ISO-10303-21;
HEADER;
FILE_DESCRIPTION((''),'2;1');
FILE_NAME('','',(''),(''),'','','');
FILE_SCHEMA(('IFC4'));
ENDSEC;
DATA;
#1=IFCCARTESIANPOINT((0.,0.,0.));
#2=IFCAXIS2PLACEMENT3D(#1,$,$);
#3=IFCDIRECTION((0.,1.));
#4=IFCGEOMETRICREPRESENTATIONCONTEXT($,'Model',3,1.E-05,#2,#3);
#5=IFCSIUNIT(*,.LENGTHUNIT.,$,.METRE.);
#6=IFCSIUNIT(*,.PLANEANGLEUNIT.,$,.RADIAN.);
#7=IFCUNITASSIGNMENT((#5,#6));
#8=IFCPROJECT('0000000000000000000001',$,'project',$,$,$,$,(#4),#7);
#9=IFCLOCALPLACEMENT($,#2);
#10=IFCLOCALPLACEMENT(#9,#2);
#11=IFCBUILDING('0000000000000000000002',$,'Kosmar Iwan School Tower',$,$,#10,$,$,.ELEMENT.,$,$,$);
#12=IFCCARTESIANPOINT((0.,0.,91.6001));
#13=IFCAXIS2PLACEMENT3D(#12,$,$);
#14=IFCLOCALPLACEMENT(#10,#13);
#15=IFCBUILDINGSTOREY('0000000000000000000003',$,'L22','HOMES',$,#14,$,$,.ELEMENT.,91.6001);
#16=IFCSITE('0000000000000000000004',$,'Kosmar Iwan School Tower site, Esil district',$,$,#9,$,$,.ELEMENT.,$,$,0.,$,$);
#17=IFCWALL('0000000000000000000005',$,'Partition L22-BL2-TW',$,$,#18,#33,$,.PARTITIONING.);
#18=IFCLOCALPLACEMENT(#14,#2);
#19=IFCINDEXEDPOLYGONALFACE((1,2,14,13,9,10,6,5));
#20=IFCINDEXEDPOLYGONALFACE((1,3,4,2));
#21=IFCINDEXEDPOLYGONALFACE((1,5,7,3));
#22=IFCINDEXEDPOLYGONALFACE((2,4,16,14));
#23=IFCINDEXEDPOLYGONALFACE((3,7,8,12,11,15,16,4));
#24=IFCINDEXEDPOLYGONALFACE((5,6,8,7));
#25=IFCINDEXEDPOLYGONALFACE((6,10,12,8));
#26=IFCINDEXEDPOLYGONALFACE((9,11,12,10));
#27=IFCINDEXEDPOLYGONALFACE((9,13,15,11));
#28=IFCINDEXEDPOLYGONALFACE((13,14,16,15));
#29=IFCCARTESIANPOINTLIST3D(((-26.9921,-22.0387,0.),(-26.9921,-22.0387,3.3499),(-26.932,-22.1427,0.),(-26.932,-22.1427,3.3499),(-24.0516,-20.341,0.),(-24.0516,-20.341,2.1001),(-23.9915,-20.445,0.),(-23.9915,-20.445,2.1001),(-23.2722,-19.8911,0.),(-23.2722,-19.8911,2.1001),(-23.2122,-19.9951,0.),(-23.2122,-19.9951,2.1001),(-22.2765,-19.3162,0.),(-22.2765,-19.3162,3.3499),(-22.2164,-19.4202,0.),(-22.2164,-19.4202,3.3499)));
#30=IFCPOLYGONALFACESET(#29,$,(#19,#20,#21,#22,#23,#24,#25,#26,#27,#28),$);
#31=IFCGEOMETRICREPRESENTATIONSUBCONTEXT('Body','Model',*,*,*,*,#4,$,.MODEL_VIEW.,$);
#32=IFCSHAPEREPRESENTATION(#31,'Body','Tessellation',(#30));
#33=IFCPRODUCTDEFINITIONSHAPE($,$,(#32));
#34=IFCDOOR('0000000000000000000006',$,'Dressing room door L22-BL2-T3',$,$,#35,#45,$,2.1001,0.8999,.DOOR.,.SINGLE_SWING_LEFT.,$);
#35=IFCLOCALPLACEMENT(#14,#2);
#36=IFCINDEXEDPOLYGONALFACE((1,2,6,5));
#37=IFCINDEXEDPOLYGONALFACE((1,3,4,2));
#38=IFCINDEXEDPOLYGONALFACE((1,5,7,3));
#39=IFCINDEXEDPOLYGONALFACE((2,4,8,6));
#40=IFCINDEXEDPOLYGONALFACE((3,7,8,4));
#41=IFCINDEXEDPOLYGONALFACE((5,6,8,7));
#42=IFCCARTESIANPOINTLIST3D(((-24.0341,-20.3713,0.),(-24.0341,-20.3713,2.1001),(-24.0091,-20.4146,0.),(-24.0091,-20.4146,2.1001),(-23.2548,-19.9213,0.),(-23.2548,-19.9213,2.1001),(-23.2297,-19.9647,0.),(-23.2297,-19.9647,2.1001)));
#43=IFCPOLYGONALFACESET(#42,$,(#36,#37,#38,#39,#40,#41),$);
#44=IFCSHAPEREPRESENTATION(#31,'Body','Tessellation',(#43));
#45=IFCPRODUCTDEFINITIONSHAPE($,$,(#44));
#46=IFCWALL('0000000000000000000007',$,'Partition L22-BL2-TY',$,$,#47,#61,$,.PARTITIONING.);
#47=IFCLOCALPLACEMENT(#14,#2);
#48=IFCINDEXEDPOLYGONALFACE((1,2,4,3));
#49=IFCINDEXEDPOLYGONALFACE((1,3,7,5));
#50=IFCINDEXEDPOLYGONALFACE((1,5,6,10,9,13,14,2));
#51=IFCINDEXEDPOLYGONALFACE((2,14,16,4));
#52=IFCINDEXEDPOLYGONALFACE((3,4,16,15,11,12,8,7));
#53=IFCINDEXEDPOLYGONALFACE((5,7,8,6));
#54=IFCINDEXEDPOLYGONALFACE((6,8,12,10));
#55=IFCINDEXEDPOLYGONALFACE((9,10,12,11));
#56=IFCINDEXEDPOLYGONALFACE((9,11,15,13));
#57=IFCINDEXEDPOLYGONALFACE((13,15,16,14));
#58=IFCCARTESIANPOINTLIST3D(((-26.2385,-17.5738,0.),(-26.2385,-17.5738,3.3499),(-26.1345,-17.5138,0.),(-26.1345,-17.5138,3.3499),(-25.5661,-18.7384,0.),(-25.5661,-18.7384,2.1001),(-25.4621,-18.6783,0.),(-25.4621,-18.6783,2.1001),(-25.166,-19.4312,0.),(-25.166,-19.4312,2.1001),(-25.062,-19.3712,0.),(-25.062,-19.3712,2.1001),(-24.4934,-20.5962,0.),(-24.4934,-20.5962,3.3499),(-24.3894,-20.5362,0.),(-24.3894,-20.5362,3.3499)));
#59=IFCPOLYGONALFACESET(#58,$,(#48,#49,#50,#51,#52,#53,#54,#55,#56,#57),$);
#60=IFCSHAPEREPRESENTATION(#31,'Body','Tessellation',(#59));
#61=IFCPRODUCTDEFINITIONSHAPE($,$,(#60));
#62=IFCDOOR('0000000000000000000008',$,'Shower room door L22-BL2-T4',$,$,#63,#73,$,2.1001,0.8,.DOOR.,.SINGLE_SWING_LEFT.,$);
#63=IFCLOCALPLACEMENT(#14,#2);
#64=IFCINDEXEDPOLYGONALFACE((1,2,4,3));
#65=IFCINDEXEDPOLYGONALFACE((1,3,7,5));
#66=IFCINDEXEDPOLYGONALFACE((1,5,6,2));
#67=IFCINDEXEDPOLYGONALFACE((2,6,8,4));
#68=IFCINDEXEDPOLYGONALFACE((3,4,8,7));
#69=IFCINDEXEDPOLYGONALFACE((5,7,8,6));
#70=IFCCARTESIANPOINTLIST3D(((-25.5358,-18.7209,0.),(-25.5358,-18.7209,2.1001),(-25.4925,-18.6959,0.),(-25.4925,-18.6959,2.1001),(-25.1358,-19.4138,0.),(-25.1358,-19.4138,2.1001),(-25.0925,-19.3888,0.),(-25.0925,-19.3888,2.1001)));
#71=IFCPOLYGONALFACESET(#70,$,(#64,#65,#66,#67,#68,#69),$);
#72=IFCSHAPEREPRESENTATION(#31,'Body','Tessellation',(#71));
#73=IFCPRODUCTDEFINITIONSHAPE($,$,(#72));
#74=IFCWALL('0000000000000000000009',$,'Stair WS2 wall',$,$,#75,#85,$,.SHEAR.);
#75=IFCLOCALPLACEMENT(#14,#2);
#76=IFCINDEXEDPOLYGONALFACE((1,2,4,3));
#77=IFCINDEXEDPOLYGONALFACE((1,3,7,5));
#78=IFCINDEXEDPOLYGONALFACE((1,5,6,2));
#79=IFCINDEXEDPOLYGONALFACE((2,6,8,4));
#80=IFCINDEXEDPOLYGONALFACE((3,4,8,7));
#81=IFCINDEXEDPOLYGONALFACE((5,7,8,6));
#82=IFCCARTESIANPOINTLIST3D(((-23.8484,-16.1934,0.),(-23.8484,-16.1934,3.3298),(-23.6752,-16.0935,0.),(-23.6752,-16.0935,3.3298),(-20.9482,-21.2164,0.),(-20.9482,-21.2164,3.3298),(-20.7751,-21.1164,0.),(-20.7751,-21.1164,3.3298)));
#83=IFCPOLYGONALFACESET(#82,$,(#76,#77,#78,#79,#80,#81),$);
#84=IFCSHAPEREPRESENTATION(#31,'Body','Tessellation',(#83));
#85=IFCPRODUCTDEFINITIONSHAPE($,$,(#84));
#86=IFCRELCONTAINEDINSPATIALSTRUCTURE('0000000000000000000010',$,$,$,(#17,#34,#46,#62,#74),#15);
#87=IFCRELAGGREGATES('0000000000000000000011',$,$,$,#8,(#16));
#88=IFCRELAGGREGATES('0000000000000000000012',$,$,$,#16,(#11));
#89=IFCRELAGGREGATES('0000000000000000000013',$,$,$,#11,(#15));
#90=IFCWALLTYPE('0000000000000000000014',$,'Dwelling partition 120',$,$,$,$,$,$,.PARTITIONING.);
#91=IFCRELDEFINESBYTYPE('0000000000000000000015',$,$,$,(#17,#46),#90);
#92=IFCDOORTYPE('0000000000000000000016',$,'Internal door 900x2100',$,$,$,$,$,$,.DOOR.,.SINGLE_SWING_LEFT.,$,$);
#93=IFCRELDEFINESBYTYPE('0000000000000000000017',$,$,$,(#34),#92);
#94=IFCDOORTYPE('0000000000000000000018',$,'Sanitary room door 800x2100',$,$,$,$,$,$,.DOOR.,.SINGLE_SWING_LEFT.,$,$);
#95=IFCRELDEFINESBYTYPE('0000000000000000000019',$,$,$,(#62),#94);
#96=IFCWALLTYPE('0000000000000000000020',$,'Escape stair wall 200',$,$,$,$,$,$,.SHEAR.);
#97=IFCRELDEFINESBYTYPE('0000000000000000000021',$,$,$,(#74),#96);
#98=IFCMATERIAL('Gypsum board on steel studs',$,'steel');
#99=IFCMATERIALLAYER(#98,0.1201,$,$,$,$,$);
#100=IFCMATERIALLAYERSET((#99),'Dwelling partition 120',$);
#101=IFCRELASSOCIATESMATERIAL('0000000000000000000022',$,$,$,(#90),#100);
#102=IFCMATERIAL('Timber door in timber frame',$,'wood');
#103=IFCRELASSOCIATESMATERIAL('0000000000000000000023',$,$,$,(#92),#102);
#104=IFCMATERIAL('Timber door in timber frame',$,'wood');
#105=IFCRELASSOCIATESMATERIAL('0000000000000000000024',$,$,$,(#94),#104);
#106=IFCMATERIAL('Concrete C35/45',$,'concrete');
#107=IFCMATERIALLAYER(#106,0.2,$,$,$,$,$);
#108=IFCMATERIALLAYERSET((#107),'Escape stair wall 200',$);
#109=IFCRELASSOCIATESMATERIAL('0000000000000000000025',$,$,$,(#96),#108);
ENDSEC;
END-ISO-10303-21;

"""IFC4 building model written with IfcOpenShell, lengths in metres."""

from ifc_helpers import new_model, si_unit, direction, frame, frame_2d, origin, place, context, subcontext, project, spatial, rectangle, extrude, material, layer, layer_set, type_object, element, fill, save


model = new_model("IFC4")

# Units and contexts
model_context = context("Model", 3, precision=1e-05, world=origin(), true_north=direction((0.0, 1.0)))
body_context = subcontext(model_context, "Body", "Model", "MODEL_VIEW")
ifc_project = project(units=[si_unit("LENGTHUNIT", "METRE"), si_unit("PLANEANGLEUNIT", "RADIAN")], contexts=[model_context])

# Site, building, storey
site_placement = place(None, origin())
site = spatial("IfcSite", under=ifc_project, at=site_placement, Name="Kosmar Iwan School Tower site, Esil district", CompositionType="ELEMENT", RefElevation=0.0)
building_placement = place(site_placement, origin())
building = spatial("IfcBuilding", under=site, at=building_placement, Name="Kosmar Iwan School Tower", CompositionType="ELEMENT")
storey_placement = place(building_placement, frame((0.0, 0.0, 91.6001)))
storey = spatial("IfcBuildingStorey", under=building, at=storey_placement, Name="L22", Description="HOMES", CompositionType="ELEMENT", Elevation=91.6001)

# Walls, openings, doors
ifc_material_1 = material(Name="Gypsum board on steel studs", Category="steel")
ifc_layer_1 = layer(ifc_material_1, 0.1201)
ifc_layer_set_1 = layer_set([ifc_layer_1], Name="Dwelling partition 120")
wall_type_1 = type_object("IfcWallType", Name="Dwelling partition 120", PredefinedType="PARTITIONING", material=ifc_layer_set_1)
ifc_material_2 = material(Name="Timber door in timber frame", Category="wood")
door_type_1 = type_object("IfcDoorType", Name="Internal door 900x2100", OperationType="SINGLE_SWING_LEFT", PredefinedType="DOOR", material=ifc_material_2)
wall_1_placement = place(storey_placement, frame((-22.2463, -19.3682, 0.0), z_axis=(0.0, 0.0, 1.0), x_axis=(-0.866036, -0.499982, 0.0)))
wall_1 = element("IfcWall", 1, at=wall_1_placement, inside=storey, type_object=wall_type_1, Name="Partition L22-BL2-TW", PredefinedType="PARTITIONING", context=body_context, shape_type="SweptSolid", body=[
    extrude(rectangle(XDim=5.4451, YDim=0.1201, at=frame_2d((2.7227, 0.0))), origin(), (0.0, 0.0, 1.0), 3.3499),
])
opening_1_placement = place(wall_1_placement, frame((1.1499, 0.0, 0.0)))
opening_1 = element("IfcOpeningElement", 2, at=opening_1_placement, cuts=wall_1, PredefinedType="OPENING", context=body_context, shape_type="SweptSolid", body=[
    extrude(rectangle(XDim=0.8999, YDim=2.1001, at=frame_2d((0.45, 1.05))), frame((0.0, 0.072, 0.0), z_axis=(0.0, -1.0, 0.0), x_axis=(1.0, 0.0, 0.0)), (0.0, 0.0, 1.0), 0.144),
])
door_1_placement = place(opening_1_placement, origin())
door_1 = element("IfcDoor", 3, at=door_1_placement, inside=storey, type_object=door_type_1, Name="Dressing room door L22-BL2-T3", OperationType="SINGLE_SWING_LEFT", OverallHeight=2.1001, OverallWidth=0.8999, PredefinedType="DOOR", context=body_context, shape_type="SweptSolid", body=[
    extrude(rectangle(XDim=0.8999, YDim=2.1001, at=frame_2d((0.45, 1.05))), frame((0.0, 0.0249, 0.0), z_axis=(0.0, -1.0, 0.0), x_axis=(1.0, 0.0, 0.0)), (0.0, 0.0, 1.0), 0.05),
])
fill(opening_1, door_1)
wall_2_placement = place(storey_placement, frame((-26.1865, -17.5437, 0.0), z_axis=(0.0, 0.0, 1.0), x_axis=(0.500021, -0.866013, 0.0)))
wall_2 = element("IfcWall", 4, at=wall_2_placement, inside=storey, type_object=wall_type_1, Name="Partition L22-BL2-TY", PredefinedType="PARTITIONING", context=body_context, shape_type="SweptSolid", body=[
    extrude(rectangle(XDim=3.49, YDim=0.1201, at=frame_2d((1.7451, 0.0))), origin(), (0.0, 0.0, 1.0), 3.3499),
])
opening_2_placement = place(wall_2_placement, frame((1.345, 0.0, 0.0)))
opening_2 = element("IfcOpeningElement", 5, at=opening_2_placement, cuts=wall_2, PredefinedType="OPENING", context=body_context, shape_type="SweptSolid", body=[
    extrude(rectangle(XDim=0.8, YDim=2.1001, at=frame_2d((0.3999, 1.05))), frame((0.0, 0.072, 0.0), z_axis=(0.0, -1.0, 0.0), x_axis=(1.0, 0.0, 0.0)), (0.0, 0.0, 1.0), 0.144),
])
ifc_material_3 = material(Name="Timber door in timber frame", Category="wood")
door_type_2 = type_object("IfcDoorType", Name="Sanitary room door 800x2100", OperationType="SINGLE_SWING_LEFT", PredefinedType="DOOR", material=ifc_material_3)
door_2_placement = place(opening_2_placement, origin())
door_2 = element("IfcDoor", 6, at=door_2_placement, inside=storey, type_object=door_type_2, Name="Shower room door L22-BL2-T4", OperationType="SINGLE_SWING_LEFT", OverallHeight=2.1001, OverallWidth=0.8, PredefinedType="DOOR", context=body_context, shape_type="SweptSolid", body=[
    extrude(rectangle(XDim=0.8, YDim=2.1001, at=frame_2d((0.3999, 1.05))), frame((0.0, 0.0249, 0.0), z_axis=(0.0, -1.0, 0.0), x_axis=(1.0, 0.0, 0.0)), (0.0, 0.0, 1.0), 0.05),
])
fill(opening_2, door_2)

# Wall
ifc_material_4 = material(Name="Concrete C35/45", Category="concrete")
ifc_layer_2 = layer(ifc_material_4, 0.2)
ifc_layer_set_2 = layer_set([ifc_layer_2], Name="Escape stair wall 200")
wall_type_2 = type_object("IfcWallType", Name="Escape stair wall 200", PredefinedType="SHEAR", material=ifc_layer_set_2)
wall_3_placement = place(storey_placement, frame((-23.7617, -16.1436, 0.0), z_axis=(0.0, 0.0, 1.0), x_axis=(0.500019, -0.866015, 0.0)))
element("IfcWall", 7, at=wall_3_placement, inside=storey, type_object=wall_type_2, Name="Stair WS2 wall", PredefinedType="SHEAR", context=body_context, shape_type="SweptSolid", body=[
    extrude(rectangle(XDim=5.8, YDim=0.2, at=frame_2d((2.8999, 0.0))), origin(), (0.0, 0.0, 1.0), 3.3298),
])

save(model, "model.ifc")
